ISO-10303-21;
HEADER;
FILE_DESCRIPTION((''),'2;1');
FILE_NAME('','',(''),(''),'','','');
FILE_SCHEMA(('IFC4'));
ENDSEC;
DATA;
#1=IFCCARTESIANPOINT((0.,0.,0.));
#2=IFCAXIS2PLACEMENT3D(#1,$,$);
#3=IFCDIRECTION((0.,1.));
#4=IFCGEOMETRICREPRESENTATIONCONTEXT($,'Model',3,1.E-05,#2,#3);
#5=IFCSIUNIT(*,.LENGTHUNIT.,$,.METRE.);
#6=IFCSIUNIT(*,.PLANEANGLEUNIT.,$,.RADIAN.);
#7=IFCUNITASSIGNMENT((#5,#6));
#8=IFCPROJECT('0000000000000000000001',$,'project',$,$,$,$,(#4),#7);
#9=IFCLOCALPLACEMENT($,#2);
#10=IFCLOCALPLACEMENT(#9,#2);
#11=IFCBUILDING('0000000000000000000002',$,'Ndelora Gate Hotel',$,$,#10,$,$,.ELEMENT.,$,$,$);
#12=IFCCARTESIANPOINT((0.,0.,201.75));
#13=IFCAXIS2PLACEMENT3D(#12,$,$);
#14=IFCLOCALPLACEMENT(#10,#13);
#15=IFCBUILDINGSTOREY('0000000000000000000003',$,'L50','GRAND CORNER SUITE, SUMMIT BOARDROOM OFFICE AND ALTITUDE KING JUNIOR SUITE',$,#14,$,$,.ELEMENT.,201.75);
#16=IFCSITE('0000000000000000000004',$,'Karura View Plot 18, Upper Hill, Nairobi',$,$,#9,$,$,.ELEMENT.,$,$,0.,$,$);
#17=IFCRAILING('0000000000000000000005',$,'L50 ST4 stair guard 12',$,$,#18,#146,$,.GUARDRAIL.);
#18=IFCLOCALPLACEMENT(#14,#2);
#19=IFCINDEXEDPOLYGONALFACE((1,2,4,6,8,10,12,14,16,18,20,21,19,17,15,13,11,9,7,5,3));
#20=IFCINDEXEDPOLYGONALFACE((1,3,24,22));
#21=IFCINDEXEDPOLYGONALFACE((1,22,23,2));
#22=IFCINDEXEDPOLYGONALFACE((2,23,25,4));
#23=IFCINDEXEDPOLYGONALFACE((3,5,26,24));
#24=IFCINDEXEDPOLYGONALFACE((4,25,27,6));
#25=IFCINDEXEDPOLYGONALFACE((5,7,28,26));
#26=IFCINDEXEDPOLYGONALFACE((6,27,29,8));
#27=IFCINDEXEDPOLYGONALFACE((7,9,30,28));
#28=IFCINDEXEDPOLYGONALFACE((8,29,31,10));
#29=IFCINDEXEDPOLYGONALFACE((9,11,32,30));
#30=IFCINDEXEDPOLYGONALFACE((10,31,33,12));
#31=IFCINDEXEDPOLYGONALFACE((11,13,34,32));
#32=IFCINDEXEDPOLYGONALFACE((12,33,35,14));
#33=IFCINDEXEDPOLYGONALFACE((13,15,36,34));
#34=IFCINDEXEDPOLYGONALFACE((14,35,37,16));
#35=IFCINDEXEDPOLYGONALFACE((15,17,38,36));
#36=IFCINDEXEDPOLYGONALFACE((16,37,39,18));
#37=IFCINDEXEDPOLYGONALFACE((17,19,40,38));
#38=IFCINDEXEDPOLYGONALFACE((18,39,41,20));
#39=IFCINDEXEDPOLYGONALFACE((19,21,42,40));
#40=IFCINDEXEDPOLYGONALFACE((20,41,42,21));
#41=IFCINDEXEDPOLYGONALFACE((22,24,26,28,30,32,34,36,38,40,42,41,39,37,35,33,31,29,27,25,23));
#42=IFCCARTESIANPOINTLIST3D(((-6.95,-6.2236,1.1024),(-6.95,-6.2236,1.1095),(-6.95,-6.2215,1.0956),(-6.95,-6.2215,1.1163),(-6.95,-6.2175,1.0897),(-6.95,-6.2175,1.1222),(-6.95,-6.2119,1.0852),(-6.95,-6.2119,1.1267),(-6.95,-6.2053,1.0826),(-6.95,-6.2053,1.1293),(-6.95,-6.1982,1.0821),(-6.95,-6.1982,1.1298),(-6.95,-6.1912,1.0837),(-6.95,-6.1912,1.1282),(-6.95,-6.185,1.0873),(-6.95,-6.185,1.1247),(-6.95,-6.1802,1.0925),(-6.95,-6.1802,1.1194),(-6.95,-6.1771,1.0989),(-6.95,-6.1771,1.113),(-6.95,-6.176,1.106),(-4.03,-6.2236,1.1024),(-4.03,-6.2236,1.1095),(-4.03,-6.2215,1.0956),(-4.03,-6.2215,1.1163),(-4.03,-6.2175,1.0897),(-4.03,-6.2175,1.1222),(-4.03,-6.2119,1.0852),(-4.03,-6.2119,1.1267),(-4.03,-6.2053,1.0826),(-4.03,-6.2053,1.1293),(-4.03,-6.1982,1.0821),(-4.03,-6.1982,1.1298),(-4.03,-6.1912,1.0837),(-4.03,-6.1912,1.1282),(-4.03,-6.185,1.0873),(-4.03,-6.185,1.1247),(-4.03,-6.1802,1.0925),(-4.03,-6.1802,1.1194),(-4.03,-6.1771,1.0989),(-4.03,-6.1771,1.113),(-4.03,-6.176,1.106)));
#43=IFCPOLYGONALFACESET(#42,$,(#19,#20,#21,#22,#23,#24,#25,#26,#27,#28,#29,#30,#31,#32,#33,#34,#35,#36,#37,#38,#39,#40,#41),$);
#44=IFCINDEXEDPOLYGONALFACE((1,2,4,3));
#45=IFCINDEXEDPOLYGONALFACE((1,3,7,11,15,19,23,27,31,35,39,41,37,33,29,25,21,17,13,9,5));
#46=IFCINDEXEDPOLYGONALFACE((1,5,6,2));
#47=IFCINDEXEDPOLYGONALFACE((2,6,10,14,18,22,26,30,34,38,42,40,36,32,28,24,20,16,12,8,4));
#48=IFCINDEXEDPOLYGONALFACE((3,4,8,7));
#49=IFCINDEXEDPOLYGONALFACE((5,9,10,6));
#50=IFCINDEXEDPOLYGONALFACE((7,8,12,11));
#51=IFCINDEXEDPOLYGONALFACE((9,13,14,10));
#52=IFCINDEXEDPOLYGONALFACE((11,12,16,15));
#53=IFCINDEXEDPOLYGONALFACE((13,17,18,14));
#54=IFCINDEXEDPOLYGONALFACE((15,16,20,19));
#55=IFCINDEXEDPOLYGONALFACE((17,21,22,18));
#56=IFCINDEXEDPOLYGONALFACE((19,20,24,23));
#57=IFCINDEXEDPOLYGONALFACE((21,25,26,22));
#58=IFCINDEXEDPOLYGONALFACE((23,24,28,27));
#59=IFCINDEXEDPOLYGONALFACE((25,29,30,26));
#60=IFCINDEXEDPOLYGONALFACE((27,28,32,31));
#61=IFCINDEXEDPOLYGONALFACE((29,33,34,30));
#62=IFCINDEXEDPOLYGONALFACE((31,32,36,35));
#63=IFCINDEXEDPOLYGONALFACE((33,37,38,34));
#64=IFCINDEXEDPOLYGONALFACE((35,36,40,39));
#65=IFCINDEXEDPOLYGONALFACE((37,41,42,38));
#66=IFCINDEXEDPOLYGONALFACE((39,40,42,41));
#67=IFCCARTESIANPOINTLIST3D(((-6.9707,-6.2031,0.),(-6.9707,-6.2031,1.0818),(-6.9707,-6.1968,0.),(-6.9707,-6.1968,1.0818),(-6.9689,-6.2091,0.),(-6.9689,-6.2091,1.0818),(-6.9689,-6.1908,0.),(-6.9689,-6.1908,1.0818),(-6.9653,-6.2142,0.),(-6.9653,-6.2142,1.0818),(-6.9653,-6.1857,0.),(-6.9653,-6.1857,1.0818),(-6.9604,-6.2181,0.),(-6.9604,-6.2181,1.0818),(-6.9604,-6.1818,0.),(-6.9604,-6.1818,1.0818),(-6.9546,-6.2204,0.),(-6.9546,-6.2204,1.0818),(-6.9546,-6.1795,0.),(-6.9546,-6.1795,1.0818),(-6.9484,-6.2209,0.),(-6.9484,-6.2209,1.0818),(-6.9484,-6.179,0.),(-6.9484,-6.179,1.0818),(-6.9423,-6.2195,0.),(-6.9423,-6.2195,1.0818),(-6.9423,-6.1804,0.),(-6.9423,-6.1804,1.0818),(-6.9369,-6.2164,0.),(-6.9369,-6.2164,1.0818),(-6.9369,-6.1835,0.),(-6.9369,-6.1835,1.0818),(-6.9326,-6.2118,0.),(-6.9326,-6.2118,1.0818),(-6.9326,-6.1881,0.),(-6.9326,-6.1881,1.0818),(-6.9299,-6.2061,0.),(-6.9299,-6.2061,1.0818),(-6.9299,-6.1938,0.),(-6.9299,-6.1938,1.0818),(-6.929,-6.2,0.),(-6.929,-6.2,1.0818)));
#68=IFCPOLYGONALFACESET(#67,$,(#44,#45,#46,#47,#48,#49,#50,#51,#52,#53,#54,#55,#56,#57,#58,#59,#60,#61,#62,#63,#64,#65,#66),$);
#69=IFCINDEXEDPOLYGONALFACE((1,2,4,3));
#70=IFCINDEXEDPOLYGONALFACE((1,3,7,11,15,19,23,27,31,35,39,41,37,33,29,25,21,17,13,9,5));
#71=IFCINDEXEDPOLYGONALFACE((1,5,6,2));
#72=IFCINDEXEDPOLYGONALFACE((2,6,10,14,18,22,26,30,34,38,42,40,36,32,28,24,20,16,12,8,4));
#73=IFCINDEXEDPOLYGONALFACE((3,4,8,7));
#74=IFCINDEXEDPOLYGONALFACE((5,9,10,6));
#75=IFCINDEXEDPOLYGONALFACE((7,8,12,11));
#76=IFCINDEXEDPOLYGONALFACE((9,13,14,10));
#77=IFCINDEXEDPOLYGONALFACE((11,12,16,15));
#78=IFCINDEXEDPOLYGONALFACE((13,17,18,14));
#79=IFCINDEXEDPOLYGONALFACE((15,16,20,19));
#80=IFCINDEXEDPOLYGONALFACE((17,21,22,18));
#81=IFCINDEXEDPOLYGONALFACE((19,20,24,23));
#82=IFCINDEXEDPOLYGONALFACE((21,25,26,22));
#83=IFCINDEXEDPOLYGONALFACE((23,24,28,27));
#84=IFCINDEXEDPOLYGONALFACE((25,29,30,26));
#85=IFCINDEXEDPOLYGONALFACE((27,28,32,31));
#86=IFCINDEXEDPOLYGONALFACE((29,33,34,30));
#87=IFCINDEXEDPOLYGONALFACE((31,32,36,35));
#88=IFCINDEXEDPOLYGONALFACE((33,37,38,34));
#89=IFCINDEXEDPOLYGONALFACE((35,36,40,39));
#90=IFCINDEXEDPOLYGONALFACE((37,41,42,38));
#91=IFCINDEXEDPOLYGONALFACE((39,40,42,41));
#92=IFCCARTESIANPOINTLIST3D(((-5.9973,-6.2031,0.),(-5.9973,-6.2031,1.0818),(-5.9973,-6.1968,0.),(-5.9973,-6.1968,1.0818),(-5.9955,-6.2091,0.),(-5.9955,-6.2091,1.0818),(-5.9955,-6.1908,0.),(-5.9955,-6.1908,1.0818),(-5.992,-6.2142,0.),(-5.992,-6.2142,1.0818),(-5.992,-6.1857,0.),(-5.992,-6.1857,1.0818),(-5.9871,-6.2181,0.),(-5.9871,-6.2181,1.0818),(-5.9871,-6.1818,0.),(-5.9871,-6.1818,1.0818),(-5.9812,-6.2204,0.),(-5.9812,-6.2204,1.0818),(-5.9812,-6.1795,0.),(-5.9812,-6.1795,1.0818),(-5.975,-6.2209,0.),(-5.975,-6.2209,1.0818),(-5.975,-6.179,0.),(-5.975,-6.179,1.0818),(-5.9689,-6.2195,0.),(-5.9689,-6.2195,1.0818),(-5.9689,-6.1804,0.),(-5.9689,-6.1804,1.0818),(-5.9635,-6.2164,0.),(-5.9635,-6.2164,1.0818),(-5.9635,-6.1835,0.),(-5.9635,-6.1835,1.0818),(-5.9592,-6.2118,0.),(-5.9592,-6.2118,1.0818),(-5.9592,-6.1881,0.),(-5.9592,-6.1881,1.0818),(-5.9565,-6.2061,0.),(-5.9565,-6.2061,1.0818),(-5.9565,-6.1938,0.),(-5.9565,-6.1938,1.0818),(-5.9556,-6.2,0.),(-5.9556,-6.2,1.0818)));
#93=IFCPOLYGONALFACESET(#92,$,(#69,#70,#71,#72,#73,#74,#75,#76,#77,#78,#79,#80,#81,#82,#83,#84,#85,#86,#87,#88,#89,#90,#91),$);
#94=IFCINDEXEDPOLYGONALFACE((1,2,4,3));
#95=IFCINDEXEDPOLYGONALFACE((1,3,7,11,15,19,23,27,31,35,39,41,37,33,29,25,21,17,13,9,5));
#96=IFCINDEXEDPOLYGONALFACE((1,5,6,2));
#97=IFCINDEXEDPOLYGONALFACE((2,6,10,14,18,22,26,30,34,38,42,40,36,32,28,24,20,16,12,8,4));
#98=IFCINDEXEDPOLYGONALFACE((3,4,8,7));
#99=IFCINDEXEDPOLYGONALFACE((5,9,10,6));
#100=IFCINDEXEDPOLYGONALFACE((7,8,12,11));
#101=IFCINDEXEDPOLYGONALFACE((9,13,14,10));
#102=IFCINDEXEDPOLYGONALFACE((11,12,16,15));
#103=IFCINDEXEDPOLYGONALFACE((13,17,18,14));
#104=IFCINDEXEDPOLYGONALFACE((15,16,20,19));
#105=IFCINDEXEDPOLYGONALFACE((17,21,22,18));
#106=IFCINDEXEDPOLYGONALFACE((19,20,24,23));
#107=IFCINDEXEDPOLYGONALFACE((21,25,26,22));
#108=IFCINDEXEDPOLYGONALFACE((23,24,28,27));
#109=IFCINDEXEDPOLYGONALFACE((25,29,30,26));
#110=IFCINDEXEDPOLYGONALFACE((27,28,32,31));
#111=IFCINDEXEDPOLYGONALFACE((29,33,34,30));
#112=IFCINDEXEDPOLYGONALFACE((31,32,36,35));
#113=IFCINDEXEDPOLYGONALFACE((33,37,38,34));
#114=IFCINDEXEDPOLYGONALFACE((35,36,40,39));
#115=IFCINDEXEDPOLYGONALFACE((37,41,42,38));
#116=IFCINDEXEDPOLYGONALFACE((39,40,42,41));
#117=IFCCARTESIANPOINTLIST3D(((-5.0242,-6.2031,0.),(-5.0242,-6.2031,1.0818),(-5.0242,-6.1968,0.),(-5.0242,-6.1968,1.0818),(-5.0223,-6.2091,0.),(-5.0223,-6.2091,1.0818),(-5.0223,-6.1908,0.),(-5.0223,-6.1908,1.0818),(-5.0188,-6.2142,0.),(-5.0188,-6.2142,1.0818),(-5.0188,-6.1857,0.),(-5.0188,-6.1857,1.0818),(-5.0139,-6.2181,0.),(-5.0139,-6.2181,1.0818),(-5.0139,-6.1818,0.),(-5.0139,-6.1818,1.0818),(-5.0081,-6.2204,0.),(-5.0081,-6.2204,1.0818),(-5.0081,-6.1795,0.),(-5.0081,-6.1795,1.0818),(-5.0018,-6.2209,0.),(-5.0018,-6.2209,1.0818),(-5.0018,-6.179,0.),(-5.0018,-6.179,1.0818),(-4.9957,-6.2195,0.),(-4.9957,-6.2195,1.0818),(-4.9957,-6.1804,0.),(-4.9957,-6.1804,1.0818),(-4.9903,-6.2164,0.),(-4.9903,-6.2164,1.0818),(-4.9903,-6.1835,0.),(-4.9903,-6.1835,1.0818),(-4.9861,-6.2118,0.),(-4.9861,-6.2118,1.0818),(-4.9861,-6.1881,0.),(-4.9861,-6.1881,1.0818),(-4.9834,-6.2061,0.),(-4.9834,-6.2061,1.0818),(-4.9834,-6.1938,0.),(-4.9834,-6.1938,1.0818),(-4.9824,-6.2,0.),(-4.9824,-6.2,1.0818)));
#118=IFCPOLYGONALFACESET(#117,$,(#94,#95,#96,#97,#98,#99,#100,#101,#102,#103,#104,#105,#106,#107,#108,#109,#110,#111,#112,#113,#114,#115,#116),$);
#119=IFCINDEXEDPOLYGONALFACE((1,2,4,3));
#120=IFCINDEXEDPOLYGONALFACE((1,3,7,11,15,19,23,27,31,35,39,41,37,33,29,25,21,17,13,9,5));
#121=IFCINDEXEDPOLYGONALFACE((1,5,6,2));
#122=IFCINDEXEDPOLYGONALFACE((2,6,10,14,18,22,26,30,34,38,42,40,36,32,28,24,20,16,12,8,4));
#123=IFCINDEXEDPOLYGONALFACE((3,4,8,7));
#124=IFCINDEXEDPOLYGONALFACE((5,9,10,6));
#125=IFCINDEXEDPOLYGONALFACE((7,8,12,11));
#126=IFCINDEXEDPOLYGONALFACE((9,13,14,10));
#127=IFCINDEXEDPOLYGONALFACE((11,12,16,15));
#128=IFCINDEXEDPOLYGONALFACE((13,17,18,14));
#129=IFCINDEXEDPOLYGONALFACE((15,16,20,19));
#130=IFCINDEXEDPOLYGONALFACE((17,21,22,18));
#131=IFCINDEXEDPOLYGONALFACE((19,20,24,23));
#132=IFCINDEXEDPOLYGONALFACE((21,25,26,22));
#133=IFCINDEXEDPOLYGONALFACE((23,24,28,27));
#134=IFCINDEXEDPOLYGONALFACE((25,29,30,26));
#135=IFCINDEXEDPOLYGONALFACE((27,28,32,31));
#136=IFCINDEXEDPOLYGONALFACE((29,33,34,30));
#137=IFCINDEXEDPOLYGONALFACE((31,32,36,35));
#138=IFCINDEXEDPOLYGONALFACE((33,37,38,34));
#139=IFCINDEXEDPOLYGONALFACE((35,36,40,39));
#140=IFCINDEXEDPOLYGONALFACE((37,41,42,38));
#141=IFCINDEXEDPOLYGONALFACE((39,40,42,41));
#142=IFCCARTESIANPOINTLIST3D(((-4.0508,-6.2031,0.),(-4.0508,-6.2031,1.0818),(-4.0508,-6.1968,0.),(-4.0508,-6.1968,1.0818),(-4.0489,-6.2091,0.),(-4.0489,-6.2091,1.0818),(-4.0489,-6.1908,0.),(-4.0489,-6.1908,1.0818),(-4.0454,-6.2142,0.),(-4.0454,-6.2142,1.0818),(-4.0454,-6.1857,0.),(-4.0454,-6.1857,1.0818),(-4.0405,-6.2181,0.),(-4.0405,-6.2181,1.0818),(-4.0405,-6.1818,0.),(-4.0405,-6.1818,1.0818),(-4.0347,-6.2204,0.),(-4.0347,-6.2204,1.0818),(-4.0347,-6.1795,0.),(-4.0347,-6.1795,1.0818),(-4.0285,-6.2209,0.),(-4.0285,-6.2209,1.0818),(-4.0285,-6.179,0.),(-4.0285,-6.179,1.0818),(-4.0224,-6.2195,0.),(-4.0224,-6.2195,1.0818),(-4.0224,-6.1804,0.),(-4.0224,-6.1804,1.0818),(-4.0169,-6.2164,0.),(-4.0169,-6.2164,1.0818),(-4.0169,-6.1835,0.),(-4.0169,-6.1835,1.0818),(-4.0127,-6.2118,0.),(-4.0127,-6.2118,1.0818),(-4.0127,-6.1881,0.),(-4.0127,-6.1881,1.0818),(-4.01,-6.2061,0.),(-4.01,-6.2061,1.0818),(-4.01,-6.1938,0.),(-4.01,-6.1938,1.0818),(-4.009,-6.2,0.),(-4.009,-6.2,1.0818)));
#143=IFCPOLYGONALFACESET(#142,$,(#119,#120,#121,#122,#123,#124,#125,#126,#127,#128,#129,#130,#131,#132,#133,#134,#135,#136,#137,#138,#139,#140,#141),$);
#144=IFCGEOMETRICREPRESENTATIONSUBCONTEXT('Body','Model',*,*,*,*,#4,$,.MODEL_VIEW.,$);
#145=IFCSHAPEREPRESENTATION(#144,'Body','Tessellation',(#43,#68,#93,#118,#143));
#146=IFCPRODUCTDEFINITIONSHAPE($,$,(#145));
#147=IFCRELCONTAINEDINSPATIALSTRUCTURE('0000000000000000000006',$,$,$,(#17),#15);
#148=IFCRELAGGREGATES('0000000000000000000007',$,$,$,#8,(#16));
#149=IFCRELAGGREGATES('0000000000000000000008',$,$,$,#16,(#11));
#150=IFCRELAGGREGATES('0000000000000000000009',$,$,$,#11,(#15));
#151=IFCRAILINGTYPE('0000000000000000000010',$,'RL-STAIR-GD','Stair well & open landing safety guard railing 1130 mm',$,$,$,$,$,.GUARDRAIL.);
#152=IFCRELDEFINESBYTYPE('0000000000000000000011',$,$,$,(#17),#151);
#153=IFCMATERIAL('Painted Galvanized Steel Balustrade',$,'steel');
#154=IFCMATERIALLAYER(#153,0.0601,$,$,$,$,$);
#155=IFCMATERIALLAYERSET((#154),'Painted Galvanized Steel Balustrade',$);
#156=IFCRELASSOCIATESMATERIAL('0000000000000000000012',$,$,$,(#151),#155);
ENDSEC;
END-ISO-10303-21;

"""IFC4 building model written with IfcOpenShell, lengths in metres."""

from ifc_helpers import new_model, si_unit, direction, frame, origin, origin_2d, place, context, subcontext, project, spatial, circle, extrude, material, layer, layer_set, type_object, element, save


model = new_model("IFC4")

# Units and contexts
model_context = context("Model", 3, precision=1e-05, world=origin(), true_north=direction((0.0, 1.0)))
body_context = subcontext(model_context, "Body", "Model", "MODEL_VIEW")
ifc_project = project(units=[si_unit("LENGTHUNIT", "METRE"), si_unit("PLANEANGLEUNIT", "RADIAN")], contexts=[model_context])

# Site, building, storey
site_placement = place(None, origin())
site = spatial("IfcSite", under=ifc_project, at=site_placement, Name="Karura View Plot 18, Upper Hill, Nairobi", CompositionType="ELEMENT", RefElevation=0.0)
building_placement = place(site_placement, origin())
building = spatial("IfcBuilding", under=site, at=building_placement, Name="Ndelora Gate Hotel", CompositionType="ELEMENT")
storey_placement = place(building_placement, frame((0.0, 0.0, 201.75)))
storey = spatial("IfcBuildingStorey", under=building, at=storey_placement, Name="L50", Description="GRAND CORNER SUITE, SUMMIT BOARDROOM OFFICE AND ALTITUDE KING JUNIOR SUITE", CompositionType="ELEMENT", Elevation=201.75)

# Railing
ifc_material_1 = material(Name="Painted Galvanized Steel Balustrade", Category="steel")
ifc_layer_1 = layer(ifc_material_1, 0.0601)
ifc_layer_set_1 = layer_set([ifc_layer_1], Name="Painted Galvanized Steel Balustrade")
railing_type_1 = type_object("IfcRailingType", Name="RL-STAIR-GD", Description="Stair well & open landing safety guard railing 1130 mm", PredefinedType="GUARDRAIL", material=ifc_layer_set_1)
railing_1_placement = place(storey_placement, frame((-6.95, -6.2, 0.0)))
element("IfcRailing", 1, at=railing_1_placement, inside=storey, type_object=railing_type_1, Name="L50 ST4 stair guard 12", PredefinedType="GUARDRAIL", context=body_context, shape_type="SweptSolid", body=[
    extrude(circle(Radius=0.0239, at=origin_2d()), frame((0.0, 0.0, 1.106), z_axis=(1.0, 0.0, 0.0), x_axis=(0.0, 1.0, 0.0)), (0.0, 0.0, 1.0), 2.9199),
    extrude(circle(Radius=0.021, at=origin_2d()), origin(), (0.0, 0.0, 1.0), 1.0818),
    extrude(circle(Radius=0.021, at=origin_2d()), frame((0.9734, 0.0, 0.0)), (0.0, 0.0, 1.0), 1.0818),
    extrude(circle(Radius=0.021, at=origin_2d()), frame((1.9465, 0.0, 0.0)), (0.0, 0.0, 1.0), 1.0818),
    extrude(circle(Radius=0.021, at=origin_2d()), frame((2.9199, 0.0, 0.0)), (0.0, 0.0, 1.0), 1.0818),
])

save(model, "model.ifc")
